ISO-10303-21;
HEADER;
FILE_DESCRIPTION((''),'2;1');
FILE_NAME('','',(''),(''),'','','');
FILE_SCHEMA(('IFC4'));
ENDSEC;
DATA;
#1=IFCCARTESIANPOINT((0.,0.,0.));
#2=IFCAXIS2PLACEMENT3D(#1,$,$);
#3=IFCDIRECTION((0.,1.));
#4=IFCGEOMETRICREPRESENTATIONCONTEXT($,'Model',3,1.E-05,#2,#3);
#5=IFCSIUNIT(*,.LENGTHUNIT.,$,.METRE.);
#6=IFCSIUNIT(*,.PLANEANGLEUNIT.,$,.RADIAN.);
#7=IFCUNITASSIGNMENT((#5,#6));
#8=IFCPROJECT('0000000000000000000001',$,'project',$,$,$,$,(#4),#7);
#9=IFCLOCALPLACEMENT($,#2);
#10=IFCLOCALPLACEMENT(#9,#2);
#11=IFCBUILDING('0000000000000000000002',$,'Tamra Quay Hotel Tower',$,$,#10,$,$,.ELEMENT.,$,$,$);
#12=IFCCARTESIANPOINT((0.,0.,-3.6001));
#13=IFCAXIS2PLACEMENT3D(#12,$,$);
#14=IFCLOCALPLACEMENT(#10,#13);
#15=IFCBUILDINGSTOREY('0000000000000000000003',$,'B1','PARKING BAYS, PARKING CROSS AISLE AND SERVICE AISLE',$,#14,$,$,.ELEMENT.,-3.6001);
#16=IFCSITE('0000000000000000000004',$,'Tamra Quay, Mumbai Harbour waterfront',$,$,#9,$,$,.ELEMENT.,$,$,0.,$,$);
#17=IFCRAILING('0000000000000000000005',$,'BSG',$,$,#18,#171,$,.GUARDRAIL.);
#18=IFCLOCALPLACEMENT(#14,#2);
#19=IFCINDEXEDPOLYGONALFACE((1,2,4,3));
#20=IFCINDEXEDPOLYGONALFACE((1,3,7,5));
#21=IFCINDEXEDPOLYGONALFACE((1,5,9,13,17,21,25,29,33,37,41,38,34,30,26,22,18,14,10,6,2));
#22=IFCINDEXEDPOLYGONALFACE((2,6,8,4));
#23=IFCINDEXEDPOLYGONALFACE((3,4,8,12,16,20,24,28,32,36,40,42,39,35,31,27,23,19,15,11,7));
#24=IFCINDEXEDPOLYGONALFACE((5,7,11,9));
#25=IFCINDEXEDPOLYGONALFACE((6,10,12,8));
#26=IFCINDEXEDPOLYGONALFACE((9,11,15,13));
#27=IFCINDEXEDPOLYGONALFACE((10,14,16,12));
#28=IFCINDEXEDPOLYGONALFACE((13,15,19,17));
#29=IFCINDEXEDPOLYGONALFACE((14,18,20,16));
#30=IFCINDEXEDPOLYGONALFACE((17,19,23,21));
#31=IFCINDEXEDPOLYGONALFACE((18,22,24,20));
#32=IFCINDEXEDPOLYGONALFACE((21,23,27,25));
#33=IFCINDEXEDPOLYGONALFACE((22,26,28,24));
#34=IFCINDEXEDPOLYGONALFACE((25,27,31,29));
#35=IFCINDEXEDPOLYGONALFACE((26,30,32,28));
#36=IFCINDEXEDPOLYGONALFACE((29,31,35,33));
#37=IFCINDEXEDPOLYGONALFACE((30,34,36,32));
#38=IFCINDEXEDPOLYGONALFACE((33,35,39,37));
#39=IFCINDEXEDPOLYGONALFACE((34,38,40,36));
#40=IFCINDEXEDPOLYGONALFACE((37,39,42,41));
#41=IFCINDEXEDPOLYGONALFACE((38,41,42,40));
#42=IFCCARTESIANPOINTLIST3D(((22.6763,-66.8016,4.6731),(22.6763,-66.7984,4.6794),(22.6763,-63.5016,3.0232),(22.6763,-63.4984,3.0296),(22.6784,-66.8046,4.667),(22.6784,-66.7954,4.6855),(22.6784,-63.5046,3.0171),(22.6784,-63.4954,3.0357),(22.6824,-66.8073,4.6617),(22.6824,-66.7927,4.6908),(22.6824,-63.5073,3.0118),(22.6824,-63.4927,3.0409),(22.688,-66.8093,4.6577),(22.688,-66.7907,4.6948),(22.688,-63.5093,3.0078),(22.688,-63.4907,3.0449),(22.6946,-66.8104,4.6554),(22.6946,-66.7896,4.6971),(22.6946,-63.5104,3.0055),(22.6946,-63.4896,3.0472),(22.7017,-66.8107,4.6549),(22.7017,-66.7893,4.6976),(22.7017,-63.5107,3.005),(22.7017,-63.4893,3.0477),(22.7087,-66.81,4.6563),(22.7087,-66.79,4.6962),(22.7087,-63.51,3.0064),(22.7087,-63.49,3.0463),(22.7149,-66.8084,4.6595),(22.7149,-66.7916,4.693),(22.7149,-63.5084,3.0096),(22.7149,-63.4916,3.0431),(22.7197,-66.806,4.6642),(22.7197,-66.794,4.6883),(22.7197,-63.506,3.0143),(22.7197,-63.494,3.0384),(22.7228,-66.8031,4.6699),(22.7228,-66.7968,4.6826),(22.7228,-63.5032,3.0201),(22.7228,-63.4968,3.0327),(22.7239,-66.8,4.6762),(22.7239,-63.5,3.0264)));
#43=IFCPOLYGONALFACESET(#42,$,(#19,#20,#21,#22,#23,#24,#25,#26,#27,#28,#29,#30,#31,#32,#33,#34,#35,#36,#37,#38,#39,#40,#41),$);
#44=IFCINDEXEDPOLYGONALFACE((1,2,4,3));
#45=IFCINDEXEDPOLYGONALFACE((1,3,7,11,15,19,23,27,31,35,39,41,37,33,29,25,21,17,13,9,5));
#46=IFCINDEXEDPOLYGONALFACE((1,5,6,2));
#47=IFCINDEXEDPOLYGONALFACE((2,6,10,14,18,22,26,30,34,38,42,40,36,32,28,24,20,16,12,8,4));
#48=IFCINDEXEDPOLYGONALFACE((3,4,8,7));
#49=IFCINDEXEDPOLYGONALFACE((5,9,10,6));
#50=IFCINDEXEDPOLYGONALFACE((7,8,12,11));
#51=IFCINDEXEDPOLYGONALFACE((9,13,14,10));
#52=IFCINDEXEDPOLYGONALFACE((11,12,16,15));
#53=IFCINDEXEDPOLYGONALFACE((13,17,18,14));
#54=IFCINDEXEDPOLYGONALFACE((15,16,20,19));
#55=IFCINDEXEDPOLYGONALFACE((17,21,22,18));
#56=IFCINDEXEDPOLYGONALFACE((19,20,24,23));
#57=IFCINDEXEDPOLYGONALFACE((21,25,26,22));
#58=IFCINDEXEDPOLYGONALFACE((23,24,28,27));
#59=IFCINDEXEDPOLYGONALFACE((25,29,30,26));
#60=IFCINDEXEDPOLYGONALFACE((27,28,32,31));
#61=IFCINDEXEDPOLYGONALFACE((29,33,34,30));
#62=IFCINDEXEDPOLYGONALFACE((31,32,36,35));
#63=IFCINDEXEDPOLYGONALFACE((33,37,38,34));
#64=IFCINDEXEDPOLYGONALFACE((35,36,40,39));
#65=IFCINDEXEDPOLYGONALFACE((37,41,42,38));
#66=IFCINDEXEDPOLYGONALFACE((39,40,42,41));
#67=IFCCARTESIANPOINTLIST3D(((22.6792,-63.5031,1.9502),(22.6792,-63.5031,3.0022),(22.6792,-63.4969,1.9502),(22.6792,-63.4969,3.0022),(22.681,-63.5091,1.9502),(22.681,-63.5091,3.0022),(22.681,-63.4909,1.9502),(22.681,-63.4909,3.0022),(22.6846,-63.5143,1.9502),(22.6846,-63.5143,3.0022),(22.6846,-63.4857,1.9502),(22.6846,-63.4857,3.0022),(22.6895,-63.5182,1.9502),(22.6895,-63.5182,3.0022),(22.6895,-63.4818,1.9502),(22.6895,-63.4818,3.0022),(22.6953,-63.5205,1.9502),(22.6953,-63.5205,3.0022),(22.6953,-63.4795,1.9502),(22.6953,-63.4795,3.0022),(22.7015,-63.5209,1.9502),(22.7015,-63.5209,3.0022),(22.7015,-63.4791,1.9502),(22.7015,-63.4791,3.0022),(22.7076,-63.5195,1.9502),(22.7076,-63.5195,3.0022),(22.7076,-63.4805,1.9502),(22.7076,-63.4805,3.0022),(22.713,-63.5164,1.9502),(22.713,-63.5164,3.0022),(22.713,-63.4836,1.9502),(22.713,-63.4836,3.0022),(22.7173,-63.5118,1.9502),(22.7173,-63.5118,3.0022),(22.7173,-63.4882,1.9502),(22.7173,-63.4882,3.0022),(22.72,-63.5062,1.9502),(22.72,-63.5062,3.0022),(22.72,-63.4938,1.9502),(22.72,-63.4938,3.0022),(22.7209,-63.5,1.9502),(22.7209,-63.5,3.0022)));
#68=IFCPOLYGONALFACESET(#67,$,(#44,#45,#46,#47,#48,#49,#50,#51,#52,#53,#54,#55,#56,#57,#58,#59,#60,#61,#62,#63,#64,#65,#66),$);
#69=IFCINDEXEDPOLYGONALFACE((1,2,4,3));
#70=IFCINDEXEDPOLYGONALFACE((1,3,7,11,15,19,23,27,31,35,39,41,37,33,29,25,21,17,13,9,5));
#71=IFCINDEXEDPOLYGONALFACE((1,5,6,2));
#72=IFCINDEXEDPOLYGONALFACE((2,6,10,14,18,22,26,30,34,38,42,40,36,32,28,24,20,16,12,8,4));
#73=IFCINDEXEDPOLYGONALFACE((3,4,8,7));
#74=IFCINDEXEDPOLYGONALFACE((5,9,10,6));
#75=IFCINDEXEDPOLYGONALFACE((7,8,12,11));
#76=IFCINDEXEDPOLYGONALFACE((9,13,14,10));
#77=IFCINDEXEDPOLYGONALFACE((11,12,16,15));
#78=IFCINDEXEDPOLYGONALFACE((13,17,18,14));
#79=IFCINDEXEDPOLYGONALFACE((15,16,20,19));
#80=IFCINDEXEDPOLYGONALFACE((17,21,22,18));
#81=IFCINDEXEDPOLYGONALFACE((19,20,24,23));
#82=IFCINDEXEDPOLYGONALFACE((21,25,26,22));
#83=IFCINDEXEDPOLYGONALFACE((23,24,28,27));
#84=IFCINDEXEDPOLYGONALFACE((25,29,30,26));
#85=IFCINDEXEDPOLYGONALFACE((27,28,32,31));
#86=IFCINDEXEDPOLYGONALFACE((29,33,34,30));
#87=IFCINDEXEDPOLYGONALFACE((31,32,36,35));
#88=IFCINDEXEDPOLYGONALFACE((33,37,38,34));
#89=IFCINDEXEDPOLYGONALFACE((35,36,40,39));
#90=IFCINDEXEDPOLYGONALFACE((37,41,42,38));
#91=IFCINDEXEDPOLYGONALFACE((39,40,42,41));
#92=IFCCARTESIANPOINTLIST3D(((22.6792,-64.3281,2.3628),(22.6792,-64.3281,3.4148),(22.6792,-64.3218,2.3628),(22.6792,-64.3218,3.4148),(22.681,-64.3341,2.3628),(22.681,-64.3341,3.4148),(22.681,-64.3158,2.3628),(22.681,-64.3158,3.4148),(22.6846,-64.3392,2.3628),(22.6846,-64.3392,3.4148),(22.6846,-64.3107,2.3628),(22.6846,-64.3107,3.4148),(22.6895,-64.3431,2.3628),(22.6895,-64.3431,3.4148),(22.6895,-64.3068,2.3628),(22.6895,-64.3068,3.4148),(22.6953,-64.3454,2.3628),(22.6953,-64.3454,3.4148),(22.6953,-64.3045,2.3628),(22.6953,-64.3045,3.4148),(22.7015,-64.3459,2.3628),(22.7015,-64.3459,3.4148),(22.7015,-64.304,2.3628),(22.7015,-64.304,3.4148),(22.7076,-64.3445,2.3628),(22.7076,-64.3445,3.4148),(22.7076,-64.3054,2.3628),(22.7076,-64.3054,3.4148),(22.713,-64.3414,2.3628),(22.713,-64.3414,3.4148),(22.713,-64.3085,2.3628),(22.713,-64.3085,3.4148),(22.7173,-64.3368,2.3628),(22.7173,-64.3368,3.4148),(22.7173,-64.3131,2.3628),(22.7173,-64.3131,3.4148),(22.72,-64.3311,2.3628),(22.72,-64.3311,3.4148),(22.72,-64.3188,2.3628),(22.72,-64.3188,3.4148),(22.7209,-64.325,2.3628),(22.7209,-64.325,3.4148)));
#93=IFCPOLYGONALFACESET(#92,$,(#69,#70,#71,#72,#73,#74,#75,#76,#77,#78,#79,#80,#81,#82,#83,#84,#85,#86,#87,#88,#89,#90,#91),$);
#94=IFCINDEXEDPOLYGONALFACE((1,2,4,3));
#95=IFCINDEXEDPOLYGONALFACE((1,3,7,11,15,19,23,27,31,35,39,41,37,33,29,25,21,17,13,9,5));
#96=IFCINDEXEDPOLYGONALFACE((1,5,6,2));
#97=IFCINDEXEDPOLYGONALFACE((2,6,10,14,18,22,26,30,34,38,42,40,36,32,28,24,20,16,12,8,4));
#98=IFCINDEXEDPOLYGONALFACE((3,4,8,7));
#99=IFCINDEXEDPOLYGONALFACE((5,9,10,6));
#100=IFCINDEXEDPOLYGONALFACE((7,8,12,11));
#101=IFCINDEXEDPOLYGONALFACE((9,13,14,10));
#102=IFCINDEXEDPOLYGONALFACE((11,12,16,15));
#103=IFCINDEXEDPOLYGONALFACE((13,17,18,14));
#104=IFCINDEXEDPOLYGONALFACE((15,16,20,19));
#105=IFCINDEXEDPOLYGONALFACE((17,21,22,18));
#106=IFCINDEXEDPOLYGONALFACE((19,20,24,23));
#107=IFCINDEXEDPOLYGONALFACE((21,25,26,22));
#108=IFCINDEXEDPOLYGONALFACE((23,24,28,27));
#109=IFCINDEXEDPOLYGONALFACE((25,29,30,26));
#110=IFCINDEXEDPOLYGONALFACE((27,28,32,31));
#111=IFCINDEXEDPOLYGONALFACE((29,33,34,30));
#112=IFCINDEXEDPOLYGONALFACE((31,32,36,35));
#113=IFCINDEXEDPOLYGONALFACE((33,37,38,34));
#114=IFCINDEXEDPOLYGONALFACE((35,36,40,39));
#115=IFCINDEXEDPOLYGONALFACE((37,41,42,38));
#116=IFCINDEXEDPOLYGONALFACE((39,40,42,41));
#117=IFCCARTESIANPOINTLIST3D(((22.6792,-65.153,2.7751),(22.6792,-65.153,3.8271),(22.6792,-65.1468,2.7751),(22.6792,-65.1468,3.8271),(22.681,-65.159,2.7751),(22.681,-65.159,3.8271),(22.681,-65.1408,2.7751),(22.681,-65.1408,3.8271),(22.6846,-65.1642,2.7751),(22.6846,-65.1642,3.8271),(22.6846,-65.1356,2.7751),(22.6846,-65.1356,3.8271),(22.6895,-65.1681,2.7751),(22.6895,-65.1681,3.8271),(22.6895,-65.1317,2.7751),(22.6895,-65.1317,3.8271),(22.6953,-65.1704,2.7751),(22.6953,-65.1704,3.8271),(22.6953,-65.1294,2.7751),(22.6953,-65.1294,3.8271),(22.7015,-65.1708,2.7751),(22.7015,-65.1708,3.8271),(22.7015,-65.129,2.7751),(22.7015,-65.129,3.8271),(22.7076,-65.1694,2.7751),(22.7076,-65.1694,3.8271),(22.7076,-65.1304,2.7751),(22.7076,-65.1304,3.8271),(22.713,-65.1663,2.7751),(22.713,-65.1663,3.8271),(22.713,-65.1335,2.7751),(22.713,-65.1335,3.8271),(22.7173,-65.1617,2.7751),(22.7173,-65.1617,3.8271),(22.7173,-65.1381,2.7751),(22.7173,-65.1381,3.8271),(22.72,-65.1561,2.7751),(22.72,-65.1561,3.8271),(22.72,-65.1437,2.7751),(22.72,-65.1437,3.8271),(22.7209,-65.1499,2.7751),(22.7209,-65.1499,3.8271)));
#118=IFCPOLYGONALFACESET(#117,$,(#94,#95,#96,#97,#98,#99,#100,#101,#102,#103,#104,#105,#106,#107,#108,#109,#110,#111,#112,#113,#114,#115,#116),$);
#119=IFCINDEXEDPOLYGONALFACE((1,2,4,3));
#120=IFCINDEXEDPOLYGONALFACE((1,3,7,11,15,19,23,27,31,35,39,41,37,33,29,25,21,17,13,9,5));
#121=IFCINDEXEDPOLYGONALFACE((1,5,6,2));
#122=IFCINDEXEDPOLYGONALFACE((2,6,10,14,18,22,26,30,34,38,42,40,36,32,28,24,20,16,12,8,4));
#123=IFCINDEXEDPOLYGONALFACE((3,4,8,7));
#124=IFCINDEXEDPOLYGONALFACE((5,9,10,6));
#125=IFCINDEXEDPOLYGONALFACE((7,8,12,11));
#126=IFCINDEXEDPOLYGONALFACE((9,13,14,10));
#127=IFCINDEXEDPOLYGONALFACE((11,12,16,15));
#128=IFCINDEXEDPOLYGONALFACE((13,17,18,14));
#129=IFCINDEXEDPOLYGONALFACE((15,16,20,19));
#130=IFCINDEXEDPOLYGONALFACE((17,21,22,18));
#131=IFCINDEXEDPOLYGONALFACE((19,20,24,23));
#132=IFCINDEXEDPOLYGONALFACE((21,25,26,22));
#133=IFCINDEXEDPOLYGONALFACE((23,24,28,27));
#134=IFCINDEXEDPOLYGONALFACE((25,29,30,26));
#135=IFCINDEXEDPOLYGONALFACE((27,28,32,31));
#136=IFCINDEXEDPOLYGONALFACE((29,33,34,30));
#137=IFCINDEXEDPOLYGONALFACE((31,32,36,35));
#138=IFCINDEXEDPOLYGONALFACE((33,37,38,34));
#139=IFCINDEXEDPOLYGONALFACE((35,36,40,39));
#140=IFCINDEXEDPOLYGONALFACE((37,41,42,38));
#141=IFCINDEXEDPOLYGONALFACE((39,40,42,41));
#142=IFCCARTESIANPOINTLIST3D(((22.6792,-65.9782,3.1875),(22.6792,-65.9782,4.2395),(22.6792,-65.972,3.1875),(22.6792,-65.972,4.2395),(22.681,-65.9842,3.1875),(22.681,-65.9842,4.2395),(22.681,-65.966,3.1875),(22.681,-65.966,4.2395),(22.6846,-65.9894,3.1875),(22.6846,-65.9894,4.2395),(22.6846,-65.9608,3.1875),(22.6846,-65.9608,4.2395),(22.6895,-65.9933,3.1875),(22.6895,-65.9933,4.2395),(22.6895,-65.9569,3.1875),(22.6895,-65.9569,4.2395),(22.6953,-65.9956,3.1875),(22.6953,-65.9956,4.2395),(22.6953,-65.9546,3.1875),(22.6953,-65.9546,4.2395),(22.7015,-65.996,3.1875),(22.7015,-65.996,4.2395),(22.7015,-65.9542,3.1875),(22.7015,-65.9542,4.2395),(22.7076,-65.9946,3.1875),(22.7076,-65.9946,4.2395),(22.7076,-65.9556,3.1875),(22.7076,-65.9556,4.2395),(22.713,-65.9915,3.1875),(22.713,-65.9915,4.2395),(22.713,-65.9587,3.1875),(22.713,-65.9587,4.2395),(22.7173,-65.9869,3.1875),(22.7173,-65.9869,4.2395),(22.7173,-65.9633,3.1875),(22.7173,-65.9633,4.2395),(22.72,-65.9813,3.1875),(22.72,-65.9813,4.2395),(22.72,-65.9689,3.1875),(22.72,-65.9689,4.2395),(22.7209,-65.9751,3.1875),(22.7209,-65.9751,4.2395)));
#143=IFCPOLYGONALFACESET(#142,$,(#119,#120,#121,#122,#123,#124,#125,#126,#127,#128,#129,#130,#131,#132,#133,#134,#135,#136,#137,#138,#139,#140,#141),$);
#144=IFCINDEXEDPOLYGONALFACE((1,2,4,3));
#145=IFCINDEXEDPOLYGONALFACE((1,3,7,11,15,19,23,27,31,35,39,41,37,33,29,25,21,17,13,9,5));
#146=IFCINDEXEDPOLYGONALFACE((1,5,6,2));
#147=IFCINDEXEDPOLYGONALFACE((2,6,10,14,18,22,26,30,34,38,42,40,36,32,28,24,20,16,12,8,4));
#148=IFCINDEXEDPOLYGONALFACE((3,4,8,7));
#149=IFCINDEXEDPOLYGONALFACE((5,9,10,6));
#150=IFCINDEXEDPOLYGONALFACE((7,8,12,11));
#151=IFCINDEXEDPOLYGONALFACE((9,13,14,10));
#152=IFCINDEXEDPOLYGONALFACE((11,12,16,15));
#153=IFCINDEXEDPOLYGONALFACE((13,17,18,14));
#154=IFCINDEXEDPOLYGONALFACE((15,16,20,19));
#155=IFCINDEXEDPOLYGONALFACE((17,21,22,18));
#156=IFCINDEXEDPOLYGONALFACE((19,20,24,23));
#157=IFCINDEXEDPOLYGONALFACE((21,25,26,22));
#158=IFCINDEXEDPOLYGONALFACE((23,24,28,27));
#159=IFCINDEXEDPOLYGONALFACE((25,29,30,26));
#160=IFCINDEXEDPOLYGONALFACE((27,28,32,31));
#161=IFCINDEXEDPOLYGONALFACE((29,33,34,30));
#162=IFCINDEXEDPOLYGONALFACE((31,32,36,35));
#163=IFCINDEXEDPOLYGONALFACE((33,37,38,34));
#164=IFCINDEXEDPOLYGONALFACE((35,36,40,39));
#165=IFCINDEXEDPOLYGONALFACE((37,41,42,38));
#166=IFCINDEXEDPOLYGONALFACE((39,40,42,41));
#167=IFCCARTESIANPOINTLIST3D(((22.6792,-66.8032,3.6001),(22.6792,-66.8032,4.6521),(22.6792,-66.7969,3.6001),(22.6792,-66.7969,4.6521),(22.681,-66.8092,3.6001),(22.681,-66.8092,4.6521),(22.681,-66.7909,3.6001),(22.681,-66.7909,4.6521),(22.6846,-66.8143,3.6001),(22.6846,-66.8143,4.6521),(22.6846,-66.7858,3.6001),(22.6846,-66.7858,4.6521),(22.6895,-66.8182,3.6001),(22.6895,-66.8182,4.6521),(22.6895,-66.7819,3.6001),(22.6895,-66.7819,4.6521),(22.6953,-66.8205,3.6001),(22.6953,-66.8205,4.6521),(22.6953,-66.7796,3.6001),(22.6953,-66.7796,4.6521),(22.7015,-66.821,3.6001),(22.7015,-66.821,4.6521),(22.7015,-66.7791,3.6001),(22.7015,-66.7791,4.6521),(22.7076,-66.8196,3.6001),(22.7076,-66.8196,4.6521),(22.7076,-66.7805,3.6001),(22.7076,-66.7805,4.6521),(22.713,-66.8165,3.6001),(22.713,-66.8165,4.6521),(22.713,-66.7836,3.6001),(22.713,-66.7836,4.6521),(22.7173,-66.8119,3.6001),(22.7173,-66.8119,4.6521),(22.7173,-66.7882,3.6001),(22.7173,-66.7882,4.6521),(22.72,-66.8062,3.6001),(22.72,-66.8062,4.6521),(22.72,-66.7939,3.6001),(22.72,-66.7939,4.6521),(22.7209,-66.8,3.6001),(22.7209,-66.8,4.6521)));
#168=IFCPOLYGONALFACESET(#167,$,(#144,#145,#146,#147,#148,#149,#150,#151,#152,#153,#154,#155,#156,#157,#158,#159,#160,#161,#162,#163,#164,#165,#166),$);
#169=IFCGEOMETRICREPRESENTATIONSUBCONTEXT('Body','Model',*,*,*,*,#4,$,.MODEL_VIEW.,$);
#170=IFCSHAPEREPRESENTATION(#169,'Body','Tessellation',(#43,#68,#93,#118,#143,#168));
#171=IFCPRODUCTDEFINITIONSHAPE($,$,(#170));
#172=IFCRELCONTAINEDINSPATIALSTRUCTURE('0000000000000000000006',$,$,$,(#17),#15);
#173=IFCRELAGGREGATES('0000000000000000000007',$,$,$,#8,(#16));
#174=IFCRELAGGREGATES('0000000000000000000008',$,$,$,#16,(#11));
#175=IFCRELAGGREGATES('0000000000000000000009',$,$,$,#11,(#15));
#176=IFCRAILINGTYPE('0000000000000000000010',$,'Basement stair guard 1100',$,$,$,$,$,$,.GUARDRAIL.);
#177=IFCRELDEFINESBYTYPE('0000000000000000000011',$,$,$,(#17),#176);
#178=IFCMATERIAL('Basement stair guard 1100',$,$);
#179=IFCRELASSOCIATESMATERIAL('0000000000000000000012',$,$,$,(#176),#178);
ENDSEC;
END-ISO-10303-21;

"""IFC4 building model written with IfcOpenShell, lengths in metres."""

from ifc_helpers import new_model, si_unit, direction, frame, origin, origin_2d, place, context, subcontext, project, spatial, circle, extrude, material, type_object, element, save


model = new_model("IFC4")

# Units and contexts
model_context = context("Model", 3, precision=1e-05, world=origin(), true_north=direction((0.0, 1.0)))
body_context = subcontext(model_context, "Body", "Model", "MODEL_VIEW")
ifc_project = project(units=[si_unit("LENGTHUNIT", "METRE"), si_unit("PLANEANGLEUNIT", "RADIAN")], contexts=[model_context])

# Site, building, storey
site_placement = place(None, origin())
site = spatial("IfcSite", under=ifc_project, at=site_placement, Name="Tamra Quay, Mumbai Harbour waterfront", CompositionType="ELEMENT", RefElevation=0.0)
building_placement = place(site_placement, origin())
building = spatial("IfcBuilding", under=site, at=building_placement, Name="Tamra Quay Hotel Tower", CompositionType="ELEMENT")
storey_placement = place(building_placement, frame((0.0, 0.0, -3.6001)))
storey = spatial("IfcBuildingStorey", under=building, at=storey_placement, Name="B1", Description="PARKING BAYS, PARKING CROSS AISLE AND SERVICE AISLE", CompositionType="ELEMENT", Elevation=-3.6001)

# Railing
ifc_material_1 = material(Name="Basement stair guard 1100")
railing_type_1 = type_object("IfcRailingType", Name="Basement stair guard 1100", PredefinedType="GUARDRAIL", material=ifc_material_1)
railing_1_placement = place(storey_placement, frame((22.7, -63.5, 1.9502)))
element("IfcRailing", 1, at=railing_1_placement, inside=storey, type_object=railing_type_1, Name="BSG", PredefinedType="GUARDRAIL", context=body_context, shape_type="SweptSolid", body=[
    extrude(circle(Radius=0.0239, at=origin_2d()), frame((0.0, 0.0, 1.0762), z_axis=(0.0, -0.89444, 0.447187), x_axis=(1.0, 0.0, 0.0)), (0.0, 0.0, 1.0), 3.6895),
    extrude(circle(Radius=0.021, at=origin_2d()), origin(), (0.0, 0.0, 1.0), 1.052),
    extrude(circle(Radius=0.021, at=origin_2d()), frame((0.0, -0.825, 0.4126)), (0.0, 0.0, 1.0), 1.052),
    extrude(circle(Radius=0.021, at=origin_2d()), frame((0.0, -1.6499, 0.825)), (0.0, 0.0, 1.0), 1.052),
    extrude(circle(Radius=0.021, at=origin_2d()), frame((0.0, -2.4751, 1.2373)), (0.0, 0.0, 1.0), 1.052),
    extrude(circle(Radius=0.021, at=origin_2d()), frame((0.0, -3.3, 1.6499)), (0.0, 0.0, 1.0), 1.052),
])

save(model, "model.ifc")
